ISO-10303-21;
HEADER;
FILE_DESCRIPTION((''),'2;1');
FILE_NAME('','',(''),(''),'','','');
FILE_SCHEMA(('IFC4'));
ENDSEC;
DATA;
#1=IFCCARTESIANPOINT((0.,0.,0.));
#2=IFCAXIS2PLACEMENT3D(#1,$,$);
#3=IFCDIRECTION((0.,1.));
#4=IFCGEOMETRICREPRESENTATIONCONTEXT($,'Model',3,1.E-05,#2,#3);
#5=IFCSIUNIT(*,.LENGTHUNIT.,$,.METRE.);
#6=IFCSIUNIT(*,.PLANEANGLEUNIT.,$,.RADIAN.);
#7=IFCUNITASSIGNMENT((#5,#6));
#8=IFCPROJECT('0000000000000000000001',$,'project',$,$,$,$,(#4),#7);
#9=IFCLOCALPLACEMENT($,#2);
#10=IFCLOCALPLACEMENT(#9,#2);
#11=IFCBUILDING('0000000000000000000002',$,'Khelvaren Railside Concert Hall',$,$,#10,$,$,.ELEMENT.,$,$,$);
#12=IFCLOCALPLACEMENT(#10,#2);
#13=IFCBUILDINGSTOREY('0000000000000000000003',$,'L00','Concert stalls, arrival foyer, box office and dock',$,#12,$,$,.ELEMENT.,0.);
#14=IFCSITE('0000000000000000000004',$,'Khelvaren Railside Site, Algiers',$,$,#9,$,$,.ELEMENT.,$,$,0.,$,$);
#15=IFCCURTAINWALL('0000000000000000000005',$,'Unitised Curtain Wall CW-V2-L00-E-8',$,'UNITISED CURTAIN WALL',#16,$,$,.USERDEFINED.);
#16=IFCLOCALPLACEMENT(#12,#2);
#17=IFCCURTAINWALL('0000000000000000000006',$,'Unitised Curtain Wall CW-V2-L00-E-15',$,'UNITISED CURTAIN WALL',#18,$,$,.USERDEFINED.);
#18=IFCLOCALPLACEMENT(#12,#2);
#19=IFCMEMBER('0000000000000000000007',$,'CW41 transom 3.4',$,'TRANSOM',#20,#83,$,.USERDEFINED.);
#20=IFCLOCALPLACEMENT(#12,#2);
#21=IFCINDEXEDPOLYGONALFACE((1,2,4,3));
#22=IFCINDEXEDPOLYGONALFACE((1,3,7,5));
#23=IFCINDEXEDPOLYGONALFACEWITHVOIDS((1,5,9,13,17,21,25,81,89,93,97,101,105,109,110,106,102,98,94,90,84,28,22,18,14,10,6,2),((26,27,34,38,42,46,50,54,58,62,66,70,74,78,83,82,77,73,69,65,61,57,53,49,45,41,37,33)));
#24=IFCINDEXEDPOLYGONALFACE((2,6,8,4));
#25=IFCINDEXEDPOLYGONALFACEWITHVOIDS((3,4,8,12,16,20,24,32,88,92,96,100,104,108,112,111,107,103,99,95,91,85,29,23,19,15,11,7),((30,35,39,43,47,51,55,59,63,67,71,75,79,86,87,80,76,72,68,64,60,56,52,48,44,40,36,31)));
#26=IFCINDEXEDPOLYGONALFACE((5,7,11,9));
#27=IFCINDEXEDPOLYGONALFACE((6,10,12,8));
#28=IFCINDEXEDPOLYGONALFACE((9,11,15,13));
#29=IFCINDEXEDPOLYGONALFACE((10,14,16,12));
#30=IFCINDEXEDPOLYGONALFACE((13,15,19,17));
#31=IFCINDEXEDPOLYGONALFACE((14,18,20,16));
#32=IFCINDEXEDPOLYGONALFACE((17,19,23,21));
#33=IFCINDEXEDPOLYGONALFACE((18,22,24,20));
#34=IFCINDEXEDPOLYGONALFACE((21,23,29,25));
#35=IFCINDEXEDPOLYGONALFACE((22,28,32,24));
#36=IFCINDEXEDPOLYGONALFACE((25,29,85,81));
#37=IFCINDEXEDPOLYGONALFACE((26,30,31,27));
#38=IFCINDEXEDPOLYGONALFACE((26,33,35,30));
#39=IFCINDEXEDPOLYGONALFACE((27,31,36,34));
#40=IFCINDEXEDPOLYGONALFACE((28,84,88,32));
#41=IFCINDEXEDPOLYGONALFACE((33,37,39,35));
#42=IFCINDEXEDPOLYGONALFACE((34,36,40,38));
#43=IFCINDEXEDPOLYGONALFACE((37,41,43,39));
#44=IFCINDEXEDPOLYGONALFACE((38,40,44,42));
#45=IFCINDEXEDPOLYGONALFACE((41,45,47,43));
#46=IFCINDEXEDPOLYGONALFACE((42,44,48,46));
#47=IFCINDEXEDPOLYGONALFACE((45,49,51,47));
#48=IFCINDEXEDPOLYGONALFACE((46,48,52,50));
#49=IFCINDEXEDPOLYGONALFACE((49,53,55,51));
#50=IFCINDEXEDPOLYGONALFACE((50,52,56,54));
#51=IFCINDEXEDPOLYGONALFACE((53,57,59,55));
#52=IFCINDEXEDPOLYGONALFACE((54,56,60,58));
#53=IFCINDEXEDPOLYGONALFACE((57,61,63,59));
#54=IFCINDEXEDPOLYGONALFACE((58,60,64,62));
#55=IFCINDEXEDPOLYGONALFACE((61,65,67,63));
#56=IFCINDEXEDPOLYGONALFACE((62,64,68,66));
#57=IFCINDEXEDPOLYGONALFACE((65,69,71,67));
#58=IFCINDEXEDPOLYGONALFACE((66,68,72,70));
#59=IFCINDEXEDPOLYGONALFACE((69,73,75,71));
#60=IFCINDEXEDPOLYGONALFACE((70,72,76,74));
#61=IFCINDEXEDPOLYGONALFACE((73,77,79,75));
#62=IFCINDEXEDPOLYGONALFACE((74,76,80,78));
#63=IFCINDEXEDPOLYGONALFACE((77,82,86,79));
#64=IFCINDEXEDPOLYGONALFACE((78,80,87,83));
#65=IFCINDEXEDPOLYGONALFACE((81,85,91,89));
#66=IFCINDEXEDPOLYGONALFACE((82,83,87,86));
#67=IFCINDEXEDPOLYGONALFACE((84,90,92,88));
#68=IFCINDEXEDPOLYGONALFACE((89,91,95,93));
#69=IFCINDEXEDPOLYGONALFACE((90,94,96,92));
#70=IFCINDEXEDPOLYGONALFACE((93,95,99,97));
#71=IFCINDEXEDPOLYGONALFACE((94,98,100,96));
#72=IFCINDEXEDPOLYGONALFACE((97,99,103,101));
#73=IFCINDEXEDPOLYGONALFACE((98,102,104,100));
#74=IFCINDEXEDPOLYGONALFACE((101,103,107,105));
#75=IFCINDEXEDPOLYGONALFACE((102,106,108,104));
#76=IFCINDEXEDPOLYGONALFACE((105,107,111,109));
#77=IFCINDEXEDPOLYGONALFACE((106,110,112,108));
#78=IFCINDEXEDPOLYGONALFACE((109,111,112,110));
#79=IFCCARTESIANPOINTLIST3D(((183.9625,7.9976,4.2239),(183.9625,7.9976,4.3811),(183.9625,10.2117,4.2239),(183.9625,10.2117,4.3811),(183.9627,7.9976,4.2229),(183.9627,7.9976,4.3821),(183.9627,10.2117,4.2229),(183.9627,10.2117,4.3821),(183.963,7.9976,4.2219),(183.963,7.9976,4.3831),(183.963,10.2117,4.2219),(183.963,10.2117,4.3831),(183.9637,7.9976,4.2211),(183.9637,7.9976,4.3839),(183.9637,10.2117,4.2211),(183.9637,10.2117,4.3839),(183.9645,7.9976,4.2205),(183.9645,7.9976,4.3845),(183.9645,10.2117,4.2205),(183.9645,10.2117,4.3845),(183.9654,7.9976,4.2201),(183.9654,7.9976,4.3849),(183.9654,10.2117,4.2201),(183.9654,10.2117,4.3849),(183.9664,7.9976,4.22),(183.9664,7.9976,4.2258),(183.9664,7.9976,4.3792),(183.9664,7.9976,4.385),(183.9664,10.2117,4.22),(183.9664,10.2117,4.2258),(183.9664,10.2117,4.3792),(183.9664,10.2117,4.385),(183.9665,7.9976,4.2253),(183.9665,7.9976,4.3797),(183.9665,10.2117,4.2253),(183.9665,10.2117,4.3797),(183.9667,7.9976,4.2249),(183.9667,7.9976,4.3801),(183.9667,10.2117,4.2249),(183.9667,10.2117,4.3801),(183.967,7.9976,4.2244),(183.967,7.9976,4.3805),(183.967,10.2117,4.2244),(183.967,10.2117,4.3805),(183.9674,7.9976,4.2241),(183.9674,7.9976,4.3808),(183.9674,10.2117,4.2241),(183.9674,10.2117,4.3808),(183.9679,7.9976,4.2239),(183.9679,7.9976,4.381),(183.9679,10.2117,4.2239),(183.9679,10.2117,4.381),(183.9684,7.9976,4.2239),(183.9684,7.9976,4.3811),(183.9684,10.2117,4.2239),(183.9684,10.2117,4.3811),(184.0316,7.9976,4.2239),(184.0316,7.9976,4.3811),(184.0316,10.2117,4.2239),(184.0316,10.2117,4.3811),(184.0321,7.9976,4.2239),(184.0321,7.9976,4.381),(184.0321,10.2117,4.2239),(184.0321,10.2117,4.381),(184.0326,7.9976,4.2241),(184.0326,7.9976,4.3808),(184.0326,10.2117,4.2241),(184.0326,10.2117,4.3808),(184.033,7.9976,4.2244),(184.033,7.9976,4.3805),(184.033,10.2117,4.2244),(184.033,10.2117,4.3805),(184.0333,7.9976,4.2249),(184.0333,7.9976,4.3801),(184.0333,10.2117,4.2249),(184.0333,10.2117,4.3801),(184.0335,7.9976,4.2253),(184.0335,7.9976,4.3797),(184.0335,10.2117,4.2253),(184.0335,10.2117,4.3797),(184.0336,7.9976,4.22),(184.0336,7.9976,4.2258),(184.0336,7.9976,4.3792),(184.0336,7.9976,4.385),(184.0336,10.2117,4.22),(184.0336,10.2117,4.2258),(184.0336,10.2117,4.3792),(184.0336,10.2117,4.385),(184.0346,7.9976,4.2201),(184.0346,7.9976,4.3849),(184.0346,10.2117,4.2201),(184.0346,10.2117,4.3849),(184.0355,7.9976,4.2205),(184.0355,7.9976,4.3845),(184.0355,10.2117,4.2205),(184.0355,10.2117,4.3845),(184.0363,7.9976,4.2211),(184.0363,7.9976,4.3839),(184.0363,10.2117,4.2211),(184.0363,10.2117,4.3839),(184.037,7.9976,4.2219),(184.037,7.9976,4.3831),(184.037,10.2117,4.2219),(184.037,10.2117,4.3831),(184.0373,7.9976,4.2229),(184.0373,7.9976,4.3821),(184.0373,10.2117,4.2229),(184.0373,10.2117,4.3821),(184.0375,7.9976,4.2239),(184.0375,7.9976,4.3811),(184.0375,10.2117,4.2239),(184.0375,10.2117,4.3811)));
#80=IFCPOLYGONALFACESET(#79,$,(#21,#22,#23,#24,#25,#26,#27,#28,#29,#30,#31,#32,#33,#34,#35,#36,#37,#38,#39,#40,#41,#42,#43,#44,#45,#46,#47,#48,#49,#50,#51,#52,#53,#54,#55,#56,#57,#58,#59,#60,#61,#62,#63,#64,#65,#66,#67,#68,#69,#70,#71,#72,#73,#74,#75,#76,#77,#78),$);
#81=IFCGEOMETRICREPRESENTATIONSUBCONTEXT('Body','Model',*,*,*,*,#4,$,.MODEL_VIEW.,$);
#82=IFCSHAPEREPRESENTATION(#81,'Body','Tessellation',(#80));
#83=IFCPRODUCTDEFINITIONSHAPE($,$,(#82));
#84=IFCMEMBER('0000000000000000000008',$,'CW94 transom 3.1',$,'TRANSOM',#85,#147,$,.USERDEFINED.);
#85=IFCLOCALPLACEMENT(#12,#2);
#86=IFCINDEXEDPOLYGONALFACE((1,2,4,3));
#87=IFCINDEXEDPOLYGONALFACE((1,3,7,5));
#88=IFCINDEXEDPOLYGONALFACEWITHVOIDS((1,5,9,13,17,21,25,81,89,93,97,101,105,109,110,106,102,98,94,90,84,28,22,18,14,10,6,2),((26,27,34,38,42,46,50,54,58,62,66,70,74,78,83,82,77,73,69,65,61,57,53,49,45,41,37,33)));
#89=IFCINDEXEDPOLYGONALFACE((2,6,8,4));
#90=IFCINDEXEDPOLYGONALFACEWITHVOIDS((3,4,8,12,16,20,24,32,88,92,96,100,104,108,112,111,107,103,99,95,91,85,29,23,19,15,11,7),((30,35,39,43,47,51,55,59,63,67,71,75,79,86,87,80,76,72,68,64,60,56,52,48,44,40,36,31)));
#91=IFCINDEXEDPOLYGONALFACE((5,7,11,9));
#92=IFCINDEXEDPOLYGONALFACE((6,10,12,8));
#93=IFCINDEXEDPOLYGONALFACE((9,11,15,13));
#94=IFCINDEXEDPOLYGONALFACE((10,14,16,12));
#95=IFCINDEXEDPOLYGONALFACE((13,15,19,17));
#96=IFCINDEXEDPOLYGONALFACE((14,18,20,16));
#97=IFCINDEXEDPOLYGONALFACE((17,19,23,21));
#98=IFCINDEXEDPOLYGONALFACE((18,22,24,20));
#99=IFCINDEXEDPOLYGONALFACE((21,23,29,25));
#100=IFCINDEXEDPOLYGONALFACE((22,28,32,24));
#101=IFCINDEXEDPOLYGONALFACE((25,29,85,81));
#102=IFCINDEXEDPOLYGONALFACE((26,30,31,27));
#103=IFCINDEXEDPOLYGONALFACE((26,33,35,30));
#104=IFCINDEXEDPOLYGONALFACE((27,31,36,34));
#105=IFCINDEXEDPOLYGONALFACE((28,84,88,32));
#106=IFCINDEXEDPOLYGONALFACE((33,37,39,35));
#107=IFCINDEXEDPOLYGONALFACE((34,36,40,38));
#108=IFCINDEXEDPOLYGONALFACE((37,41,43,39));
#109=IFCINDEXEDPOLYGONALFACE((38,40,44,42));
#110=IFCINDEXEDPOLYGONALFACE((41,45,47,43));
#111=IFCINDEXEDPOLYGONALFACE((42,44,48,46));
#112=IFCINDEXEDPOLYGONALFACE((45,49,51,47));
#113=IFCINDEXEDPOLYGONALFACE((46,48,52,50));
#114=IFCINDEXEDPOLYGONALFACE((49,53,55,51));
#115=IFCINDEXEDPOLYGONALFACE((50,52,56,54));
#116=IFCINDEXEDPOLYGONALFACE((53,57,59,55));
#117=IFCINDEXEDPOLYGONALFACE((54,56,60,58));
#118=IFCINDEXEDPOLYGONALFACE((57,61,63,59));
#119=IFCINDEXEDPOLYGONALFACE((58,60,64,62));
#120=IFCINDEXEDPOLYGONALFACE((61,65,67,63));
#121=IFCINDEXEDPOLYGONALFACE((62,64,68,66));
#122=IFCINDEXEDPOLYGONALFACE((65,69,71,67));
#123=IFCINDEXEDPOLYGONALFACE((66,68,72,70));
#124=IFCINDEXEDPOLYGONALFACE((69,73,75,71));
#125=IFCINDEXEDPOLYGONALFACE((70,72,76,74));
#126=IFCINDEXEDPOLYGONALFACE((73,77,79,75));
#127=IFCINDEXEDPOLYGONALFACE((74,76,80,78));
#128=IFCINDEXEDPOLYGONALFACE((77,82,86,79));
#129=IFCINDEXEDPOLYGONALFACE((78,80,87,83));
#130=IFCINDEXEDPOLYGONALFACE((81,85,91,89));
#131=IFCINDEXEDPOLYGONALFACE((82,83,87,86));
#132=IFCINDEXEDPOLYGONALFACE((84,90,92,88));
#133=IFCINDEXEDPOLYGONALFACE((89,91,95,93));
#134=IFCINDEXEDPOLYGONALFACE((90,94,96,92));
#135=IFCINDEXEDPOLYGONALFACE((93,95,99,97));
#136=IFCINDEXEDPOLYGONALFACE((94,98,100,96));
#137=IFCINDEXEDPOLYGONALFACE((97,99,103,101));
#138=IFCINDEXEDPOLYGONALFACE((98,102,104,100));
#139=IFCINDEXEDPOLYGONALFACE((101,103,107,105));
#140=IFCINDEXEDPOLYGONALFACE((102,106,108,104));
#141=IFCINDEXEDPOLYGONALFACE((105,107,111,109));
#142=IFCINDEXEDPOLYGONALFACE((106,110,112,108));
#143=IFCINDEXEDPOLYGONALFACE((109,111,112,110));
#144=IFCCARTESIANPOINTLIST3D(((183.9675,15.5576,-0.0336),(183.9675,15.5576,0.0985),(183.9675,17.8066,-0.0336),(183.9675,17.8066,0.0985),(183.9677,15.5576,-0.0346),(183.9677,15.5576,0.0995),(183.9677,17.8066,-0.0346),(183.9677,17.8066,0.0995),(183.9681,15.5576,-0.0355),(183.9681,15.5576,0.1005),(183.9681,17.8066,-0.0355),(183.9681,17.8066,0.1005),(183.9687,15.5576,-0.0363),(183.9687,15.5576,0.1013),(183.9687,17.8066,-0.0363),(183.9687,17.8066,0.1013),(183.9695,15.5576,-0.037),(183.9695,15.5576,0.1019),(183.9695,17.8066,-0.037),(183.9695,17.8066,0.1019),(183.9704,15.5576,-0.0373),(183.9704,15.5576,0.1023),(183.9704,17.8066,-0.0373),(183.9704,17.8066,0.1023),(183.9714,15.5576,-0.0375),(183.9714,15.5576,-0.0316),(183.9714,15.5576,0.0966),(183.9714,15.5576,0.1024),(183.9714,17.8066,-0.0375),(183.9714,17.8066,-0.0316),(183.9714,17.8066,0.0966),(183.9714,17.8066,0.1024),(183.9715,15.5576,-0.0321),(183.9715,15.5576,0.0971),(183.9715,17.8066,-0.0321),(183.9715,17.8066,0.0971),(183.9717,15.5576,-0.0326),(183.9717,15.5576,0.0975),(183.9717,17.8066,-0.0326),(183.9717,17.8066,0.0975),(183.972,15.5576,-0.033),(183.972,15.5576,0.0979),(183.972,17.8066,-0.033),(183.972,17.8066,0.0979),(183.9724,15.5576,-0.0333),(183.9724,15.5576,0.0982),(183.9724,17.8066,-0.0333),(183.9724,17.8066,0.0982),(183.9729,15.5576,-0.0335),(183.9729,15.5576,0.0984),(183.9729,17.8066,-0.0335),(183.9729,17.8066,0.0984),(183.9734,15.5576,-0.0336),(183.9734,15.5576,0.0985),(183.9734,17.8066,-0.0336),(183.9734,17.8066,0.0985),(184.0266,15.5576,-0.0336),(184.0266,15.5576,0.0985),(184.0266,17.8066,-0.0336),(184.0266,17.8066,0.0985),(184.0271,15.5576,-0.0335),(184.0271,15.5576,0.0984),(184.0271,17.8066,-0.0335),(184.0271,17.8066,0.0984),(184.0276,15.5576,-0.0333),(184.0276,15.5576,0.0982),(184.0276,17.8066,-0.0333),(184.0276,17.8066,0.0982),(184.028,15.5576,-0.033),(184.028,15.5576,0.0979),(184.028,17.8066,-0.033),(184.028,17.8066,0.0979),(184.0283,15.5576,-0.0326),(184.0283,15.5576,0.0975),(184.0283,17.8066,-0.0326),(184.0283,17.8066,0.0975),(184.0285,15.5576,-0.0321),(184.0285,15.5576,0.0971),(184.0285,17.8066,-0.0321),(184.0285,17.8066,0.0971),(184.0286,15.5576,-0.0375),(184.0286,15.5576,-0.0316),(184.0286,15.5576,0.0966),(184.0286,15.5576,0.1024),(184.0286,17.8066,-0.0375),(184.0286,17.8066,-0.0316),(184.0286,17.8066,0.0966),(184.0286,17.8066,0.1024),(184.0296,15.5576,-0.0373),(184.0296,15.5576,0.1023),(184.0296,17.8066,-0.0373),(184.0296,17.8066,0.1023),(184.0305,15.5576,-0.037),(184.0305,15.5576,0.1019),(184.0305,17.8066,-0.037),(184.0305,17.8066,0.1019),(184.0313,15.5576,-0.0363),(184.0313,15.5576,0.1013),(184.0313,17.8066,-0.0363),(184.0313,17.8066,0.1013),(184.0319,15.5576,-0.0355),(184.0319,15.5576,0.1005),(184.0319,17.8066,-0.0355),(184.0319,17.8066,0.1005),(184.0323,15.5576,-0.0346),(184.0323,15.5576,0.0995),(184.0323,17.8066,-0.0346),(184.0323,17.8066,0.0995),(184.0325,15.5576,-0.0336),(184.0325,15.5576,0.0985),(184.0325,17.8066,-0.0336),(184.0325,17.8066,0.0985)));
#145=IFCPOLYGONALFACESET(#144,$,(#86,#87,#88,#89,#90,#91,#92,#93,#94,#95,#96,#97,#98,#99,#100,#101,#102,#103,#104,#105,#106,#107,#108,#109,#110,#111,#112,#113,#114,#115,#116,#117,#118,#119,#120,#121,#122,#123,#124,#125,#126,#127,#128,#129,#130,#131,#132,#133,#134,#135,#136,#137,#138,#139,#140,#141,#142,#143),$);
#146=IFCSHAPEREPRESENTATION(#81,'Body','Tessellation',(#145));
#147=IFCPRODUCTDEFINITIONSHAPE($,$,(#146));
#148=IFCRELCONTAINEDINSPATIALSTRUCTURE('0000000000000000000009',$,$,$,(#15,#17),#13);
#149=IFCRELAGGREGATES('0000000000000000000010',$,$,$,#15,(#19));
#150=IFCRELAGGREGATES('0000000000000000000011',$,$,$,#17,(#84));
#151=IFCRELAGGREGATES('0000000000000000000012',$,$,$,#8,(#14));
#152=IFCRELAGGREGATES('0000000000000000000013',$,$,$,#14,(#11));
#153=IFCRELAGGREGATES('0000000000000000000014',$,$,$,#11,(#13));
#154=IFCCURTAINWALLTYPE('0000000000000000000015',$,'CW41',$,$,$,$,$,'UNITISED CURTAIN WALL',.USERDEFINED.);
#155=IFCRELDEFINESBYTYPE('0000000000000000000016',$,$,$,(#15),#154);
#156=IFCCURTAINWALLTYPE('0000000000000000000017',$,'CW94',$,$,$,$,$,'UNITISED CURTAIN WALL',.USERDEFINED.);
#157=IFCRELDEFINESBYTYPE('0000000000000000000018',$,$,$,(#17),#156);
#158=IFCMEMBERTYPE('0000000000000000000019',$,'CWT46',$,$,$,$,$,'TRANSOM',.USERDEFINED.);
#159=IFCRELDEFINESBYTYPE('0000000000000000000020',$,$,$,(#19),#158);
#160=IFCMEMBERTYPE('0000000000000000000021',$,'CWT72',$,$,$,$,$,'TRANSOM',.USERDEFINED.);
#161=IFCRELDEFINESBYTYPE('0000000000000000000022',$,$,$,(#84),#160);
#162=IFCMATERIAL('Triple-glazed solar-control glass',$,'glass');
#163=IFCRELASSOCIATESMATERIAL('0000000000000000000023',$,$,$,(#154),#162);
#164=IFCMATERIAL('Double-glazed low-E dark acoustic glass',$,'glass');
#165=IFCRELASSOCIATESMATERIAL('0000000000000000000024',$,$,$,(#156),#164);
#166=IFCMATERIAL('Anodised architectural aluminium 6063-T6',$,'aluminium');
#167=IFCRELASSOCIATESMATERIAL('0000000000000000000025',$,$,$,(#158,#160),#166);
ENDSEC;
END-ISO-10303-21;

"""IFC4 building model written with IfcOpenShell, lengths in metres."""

from ifc_helpers import new_model, si_unit, direction, frame, origin, origin_2d, place, context, subcontext, project, spatial, hollow_rectangle, extrude, material, material_profile, profile_set, type_object, element, aggregate, save


model = new_model("IFC4")

# Units and contexts
model_context = context("Model", 3, precision=1e-05, world=origin(), true_north=direction((0.0, 1.0)))
body_context = subcontext(model_context, "Body", "Model", "MODEL_VIEW")
ifc_project = project(units=[si_unit("LENGTHUNIT", "METRE"), si_unit("PLANEANGLEUNIT", "RADIAN")], contexts=[model_context])

# Site, building, storey
site_placement = place(None, origin())
site = spatial("IfcSite", under=ifc_project, at=site_placement, Name="Khelvaren Railside Site, Algiers", CompositionType="ELEMENT", RefElevation=0.0)
building_placement = place(site_placement, origin())
building = spatial("IfcBuilding", under=site, at=building_placement, Name="Khelvaren Railside Concert Hall", CompositionType="ELEMENT")
storey_placement = place(building_placement, origin())
storey = spatial("IfcBuildingStorey", under=building, at=storey_placement, Name="L00", Description="Concert stalls, arrival foyer, box office and dock", CompositionType="ELEMENT", Elevation=0.0)

# Curtain wall
ifc_material_1 = material(Name="Triple-glazed solar-control glass", Category="glass")
curtain_wall_type_1 = type_object("IfcCurtainWallType", Name="CW41", ElementType="UNITISED CURTAIN WALL", PredefinedType="USERDEFINED", material=ifc_material_1)
curtain_wall_1_placement = place(storey_placement, origin())
curtain_wall_1 = element("IfcCurtainWall", 1, at=curtain_wall_1_placement, inside=storey, type_object=curtain_wall_type_1, Name="Unitised Curtain Wall CW-V2-L00-E-8", ObjectType="UNITISED CURTAIN WALL", PredefinedType="USERDEFINED")
ifc_material_2 = material(Name="Anodised architectural aluminium 6063-T6", Category="aluminium")

# Curtain wall
ifc_material_3 = material(Name="Double-glazed low-E dark acoustic glass", Category="glass")
curtain_wall_type_2 = type_object("IfcCurtainWallType", Name="CW94", ElementType="UNITISED CURTAIN WALL", PredefinedType="USERDEFINED", material=ifc_material_3)
curtain_wall_2_placement = place(storey_placement, origin())
curtain_wall_2 = element("IfcCurtainWall", 2, at=curtain_wall_2_placement, inside=storey, type_object=curtain_wall_type_2, Name="Unitised Curtain Wall CW-V2-L00-E-15", ObjectType="UNITISED CURTAIN WALL", PredefinedType="USERDEFINED")

# Members
ifc_material_profile_1 = material_profile(ifc_material_2, hollow_rectangle(XDim=0.075, YDim=0.165, WallThickness=0.0039, InnerFilletRadius=0.002, OuterFilletRadius=0.0039, at=origin_2d()), Name="CWT 75x165x4")
ifc_profile_set_1 = profile_set([ifc_material_profile_1], Name="Anodised architectural aluminium 6063-T6")
member_type_1 = type_object("IfcMemberType", Name="CWT46", ElementType="TRANSOM", PredefinedType="USERDEFINED", material=ifc_profile_set_1)
member_1_placement = place(storey_placement, frame((184.0, 10.2117, 4.3025), z_axis=(0.0, -1.0, 0.0), x_axis=(1.0, 0.0, 0.0)))
member_1 = element("IfcMember", 3, at=member_1_placement, type_object=member_type_1, Name="CW41 transom 3.4", ObjectType="TRANSOM", PredefinedType="USERDEFINED", context=body_context, shape_type="SweptSolid", body=[
    extrude(hollow_rectangle(XDim=0.075, YDim=0.165, WallThickness=0.0039, InnerFilletRadius=0.002, OuterFilletRadius=0.0039, at=origin_2d()), origin(), (0.0, 0.0, 1.0), 2.2141),
])
ifc_material_profile_2 = material_profile(ifc_material_2, hollow_rectangle(XDim=0.0649, YDim=0.1399, WallThickness=0.0039, InnerFilletRadius=0.002, OuterFilletRadius=0.0039, at=origin_2d()), Name="CWT 65x140x4")
ifc_profile_set_2 = profile_set([ifc_material_profile_2], Name="Anodised architectural aluminium 6063-T6")
member_type_2 = type_object("IfcMemberType", Name="CWT72", ElementType="TRANSOM", PredefinedType="USERDEFINED", material=ifc_profile_set_2)
member_2_placement = place(storey_placement, frame((184.0, 17.8066, 0.0325), z_axis=(0.0, -1.0, 0.0), x_axis=(1.0, 0.0, 0.0)))
member_2 = element("IfcMember", 4, at=member_2_placement, type_object=member_type_2, Name="CW94 transom 3.1", ObjectType="TRANSOM", PredefinedType="USERDEFINED", context=body_context, shape_type="SweptSolid", body=[
    extrude(hollow_rectangle(XDim=0.0649, YDim=0.1399, WallThickness=0.0039, InnerFilletRadius=0.002, OuterFilletRadius=0.0039, at=origin_2d()), origin(), (0.0, 0.0, 1.0), 2.249),
])

aggregate(curtain_wall_1, [member_1])
aggregate(curtain_wall_2, [member_2])

save(model, "model.ifc")
